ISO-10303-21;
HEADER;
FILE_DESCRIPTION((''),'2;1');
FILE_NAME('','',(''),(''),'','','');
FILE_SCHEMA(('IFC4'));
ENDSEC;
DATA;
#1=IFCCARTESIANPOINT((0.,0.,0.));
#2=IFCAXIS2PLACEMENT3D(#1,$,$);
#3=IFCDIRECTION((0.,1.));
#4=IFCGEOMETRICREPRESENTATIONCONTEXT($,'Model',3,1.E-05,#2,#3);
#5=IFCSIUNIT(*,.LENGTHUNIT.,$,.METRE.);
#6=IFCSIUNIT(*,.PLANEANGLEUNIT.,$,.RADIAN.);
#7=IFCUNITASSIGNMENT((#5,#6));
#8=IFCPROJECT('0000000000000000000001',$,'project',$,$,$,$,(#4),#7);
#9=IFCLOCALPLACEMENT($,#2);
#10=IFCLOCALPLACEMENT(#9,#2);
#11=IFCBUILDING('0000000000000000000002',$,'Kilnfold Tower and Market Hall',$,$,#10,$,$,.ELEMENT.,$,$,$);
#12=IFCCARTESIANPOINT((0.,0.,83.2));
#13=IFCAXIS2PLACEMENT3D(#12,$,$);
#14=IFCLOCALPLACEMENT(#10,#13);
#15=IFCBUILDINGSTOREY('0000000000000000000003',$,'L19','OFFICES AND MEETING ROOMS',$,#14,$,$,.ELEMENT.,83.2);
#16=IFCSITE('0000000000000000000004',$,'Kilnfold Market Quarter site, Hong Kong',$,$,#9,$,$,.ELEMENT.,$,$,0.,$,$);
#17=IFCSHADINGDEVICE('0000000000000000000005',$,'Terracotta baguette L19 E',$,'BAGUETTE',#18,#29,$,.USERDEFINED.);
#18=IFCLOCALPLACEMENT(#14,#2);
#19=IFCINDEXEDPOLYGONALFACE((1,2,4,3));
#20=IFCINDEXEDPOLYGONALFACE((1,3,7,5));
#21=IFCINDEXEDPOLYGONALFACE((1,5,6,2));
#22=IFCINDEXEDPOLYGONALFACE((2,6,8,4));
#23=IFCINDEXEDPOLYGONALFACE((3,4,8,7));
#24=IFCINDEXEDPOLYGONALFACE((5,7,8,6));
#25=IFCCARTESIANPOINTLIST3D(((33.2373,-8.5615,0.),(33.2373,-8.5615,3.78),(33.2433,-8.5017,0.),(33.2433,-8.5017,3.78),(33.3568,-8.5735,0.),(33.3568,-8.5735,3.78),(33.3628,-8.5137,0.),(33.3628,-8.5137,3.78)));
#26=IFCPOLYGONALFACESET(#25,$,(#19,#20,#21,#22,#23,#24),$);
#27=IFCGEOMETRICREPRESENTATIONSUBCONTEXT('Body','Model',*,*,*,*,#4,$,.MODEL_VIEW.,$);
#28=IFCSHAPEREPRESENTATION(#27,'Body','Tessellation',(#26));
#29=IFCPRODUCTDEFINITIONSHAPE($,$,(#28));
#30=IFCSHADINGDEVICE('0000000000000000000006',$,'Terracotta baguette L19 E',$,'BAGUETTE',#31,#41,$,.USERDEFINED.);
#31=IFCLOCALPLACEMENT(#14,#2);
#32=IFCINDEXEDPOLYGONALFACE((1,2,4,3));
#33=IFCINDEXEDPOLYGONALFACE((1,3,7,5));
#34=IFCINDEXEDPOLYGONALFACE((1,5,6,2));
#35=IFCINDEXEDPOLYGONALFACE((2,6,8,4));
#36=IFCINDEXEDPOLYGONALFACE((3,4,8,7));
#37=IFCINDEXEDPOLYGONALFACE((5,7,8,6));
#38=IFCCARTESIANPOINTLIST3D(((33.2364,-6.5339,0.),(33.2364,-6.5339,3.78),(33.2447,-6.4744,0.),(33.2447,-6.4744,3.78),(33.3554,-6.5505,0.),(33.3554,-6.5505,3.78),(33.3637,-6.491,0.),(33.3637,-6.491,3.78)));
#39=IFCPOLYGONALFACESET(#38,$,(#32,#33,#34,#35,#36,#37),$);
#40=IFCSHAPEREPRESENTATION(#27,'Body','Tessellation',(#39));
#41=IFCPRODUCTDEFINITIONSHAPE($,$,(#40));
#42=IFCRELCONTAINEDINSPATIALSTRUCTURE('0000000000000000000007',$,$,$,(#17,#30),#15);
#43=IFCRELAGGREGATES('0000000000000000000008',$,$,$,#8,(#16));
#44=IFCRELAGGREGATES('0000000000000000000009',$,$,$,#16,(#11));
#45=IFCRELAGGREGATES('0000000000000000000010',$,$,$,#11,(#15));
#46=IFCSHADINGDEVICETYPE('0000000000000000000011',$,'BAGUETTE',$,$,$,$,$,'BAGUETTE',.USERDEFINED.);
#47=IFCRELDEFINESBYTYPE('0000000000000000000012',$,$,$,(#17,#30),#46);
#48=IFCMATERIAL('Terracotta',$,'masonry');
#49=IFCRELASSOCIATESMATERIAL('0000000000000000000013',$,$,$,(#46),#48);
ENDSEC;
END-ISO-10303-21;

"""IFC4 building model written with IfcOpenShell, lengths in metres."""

from ifc_helpers import new_model, si_unit, direction, frame, origin, origin_2d, place, context, subcontext, project, spatial, rectangle, extrude, source, transform, mapped, material, material_profile, profile_set, type_object, element, save


model = new_model("IFC4")

# Units and contexts
model_context = context("Model", 3, precision=1e-05, world=origin(), true_north=direction((0.0, 1.0)))
body_context = subcontext(model_context, "Body", "Model", "MODEL_VIEW")
ifc_project = project(units=[si_unit("LENGTHUNIT", "METRE"), si_unit("PLANEANGLEUNIT", "RADIAN")], contexts=[model_context])

# Site, building, storey
site_placement = place(None, origin())
site = spatial("IfcSite", under=ifc_project, at=site_placement, Name="Kilnfold Market Quarter site, Hong Kong", CompositionType="ELEMENT", RefElevation=0.0)
building_placement = place(site_placement, origin())
building = spatial("IfcBuilding", under=site, at=building_placement, Name="Kilnfold Tower and Market Hall", CompositionType="ELEMENT")
storey_placement = place(building_placement, frame((0.0, 0.0, 83.2)))
storey = spatial("IfcBuildingStorey", under=building, at=storey_placement, Name="L19", Description="OFFICES AND MEETING ROOMS", CompositionType="ELEMENT", Elevation=83.2)

# Shading devices
ifc_material_1 = material(Name="Terracotta", Category="masonry")
ifc_material_profile_1 = material_profile(ifc_material_1, rectangle(XDim=0.0601, YDim=0.1201, at=origin_2d()), Name="BAG 60x120")
ifc_profile_set_1 = profile_set([ifc_material_profile_1], Name="Terracotta")
shading_device_type = type_object("IfcShadingDeviceType", Name="BAGUETTE", ElementType="BAGUETTE", PredefinedType="USERDEFINED", material=ifc_profile_set_1)
shared_shape_1 = source(origin(), body_context, "Body", "SweptSolid", [
    extrude(rectangle(XDim=0.0601, YDim=0.1201, at=origin_2d()), origin(), (0.0, 0.0, 1.0), 3.78),
])
for number, where, z_axis, x_axis, name in (
    (1, (33.3, -8.5376, 0.0), (0.0, 0.0, 1.0), (0.099634, 0.995024, 0.0), "Terracotta baguette L19 E"),
    (2, (33.3, -6.5125, 0.0), (0.0, 0.0, 1.0), (0.137929, 0.990442, 0.0), "Terracotta baguette L19 E"),
):
    element("IfcShadingDevice", number, at=place(storey_placement, frame(where, z_axis=z_axis, x_axis=x_axis)), inside=storey, type_object=shading_device_type, Name=name, ObjectType="BAGUETTE", PredefinedType="USERDEFINED", context=body_context, shape_type="MappedRepresentation", body=[
        mapped(shared_shape_1, transform((0.0, 0.0, 0.0))),
    ])

save(model, "model.ifc")
